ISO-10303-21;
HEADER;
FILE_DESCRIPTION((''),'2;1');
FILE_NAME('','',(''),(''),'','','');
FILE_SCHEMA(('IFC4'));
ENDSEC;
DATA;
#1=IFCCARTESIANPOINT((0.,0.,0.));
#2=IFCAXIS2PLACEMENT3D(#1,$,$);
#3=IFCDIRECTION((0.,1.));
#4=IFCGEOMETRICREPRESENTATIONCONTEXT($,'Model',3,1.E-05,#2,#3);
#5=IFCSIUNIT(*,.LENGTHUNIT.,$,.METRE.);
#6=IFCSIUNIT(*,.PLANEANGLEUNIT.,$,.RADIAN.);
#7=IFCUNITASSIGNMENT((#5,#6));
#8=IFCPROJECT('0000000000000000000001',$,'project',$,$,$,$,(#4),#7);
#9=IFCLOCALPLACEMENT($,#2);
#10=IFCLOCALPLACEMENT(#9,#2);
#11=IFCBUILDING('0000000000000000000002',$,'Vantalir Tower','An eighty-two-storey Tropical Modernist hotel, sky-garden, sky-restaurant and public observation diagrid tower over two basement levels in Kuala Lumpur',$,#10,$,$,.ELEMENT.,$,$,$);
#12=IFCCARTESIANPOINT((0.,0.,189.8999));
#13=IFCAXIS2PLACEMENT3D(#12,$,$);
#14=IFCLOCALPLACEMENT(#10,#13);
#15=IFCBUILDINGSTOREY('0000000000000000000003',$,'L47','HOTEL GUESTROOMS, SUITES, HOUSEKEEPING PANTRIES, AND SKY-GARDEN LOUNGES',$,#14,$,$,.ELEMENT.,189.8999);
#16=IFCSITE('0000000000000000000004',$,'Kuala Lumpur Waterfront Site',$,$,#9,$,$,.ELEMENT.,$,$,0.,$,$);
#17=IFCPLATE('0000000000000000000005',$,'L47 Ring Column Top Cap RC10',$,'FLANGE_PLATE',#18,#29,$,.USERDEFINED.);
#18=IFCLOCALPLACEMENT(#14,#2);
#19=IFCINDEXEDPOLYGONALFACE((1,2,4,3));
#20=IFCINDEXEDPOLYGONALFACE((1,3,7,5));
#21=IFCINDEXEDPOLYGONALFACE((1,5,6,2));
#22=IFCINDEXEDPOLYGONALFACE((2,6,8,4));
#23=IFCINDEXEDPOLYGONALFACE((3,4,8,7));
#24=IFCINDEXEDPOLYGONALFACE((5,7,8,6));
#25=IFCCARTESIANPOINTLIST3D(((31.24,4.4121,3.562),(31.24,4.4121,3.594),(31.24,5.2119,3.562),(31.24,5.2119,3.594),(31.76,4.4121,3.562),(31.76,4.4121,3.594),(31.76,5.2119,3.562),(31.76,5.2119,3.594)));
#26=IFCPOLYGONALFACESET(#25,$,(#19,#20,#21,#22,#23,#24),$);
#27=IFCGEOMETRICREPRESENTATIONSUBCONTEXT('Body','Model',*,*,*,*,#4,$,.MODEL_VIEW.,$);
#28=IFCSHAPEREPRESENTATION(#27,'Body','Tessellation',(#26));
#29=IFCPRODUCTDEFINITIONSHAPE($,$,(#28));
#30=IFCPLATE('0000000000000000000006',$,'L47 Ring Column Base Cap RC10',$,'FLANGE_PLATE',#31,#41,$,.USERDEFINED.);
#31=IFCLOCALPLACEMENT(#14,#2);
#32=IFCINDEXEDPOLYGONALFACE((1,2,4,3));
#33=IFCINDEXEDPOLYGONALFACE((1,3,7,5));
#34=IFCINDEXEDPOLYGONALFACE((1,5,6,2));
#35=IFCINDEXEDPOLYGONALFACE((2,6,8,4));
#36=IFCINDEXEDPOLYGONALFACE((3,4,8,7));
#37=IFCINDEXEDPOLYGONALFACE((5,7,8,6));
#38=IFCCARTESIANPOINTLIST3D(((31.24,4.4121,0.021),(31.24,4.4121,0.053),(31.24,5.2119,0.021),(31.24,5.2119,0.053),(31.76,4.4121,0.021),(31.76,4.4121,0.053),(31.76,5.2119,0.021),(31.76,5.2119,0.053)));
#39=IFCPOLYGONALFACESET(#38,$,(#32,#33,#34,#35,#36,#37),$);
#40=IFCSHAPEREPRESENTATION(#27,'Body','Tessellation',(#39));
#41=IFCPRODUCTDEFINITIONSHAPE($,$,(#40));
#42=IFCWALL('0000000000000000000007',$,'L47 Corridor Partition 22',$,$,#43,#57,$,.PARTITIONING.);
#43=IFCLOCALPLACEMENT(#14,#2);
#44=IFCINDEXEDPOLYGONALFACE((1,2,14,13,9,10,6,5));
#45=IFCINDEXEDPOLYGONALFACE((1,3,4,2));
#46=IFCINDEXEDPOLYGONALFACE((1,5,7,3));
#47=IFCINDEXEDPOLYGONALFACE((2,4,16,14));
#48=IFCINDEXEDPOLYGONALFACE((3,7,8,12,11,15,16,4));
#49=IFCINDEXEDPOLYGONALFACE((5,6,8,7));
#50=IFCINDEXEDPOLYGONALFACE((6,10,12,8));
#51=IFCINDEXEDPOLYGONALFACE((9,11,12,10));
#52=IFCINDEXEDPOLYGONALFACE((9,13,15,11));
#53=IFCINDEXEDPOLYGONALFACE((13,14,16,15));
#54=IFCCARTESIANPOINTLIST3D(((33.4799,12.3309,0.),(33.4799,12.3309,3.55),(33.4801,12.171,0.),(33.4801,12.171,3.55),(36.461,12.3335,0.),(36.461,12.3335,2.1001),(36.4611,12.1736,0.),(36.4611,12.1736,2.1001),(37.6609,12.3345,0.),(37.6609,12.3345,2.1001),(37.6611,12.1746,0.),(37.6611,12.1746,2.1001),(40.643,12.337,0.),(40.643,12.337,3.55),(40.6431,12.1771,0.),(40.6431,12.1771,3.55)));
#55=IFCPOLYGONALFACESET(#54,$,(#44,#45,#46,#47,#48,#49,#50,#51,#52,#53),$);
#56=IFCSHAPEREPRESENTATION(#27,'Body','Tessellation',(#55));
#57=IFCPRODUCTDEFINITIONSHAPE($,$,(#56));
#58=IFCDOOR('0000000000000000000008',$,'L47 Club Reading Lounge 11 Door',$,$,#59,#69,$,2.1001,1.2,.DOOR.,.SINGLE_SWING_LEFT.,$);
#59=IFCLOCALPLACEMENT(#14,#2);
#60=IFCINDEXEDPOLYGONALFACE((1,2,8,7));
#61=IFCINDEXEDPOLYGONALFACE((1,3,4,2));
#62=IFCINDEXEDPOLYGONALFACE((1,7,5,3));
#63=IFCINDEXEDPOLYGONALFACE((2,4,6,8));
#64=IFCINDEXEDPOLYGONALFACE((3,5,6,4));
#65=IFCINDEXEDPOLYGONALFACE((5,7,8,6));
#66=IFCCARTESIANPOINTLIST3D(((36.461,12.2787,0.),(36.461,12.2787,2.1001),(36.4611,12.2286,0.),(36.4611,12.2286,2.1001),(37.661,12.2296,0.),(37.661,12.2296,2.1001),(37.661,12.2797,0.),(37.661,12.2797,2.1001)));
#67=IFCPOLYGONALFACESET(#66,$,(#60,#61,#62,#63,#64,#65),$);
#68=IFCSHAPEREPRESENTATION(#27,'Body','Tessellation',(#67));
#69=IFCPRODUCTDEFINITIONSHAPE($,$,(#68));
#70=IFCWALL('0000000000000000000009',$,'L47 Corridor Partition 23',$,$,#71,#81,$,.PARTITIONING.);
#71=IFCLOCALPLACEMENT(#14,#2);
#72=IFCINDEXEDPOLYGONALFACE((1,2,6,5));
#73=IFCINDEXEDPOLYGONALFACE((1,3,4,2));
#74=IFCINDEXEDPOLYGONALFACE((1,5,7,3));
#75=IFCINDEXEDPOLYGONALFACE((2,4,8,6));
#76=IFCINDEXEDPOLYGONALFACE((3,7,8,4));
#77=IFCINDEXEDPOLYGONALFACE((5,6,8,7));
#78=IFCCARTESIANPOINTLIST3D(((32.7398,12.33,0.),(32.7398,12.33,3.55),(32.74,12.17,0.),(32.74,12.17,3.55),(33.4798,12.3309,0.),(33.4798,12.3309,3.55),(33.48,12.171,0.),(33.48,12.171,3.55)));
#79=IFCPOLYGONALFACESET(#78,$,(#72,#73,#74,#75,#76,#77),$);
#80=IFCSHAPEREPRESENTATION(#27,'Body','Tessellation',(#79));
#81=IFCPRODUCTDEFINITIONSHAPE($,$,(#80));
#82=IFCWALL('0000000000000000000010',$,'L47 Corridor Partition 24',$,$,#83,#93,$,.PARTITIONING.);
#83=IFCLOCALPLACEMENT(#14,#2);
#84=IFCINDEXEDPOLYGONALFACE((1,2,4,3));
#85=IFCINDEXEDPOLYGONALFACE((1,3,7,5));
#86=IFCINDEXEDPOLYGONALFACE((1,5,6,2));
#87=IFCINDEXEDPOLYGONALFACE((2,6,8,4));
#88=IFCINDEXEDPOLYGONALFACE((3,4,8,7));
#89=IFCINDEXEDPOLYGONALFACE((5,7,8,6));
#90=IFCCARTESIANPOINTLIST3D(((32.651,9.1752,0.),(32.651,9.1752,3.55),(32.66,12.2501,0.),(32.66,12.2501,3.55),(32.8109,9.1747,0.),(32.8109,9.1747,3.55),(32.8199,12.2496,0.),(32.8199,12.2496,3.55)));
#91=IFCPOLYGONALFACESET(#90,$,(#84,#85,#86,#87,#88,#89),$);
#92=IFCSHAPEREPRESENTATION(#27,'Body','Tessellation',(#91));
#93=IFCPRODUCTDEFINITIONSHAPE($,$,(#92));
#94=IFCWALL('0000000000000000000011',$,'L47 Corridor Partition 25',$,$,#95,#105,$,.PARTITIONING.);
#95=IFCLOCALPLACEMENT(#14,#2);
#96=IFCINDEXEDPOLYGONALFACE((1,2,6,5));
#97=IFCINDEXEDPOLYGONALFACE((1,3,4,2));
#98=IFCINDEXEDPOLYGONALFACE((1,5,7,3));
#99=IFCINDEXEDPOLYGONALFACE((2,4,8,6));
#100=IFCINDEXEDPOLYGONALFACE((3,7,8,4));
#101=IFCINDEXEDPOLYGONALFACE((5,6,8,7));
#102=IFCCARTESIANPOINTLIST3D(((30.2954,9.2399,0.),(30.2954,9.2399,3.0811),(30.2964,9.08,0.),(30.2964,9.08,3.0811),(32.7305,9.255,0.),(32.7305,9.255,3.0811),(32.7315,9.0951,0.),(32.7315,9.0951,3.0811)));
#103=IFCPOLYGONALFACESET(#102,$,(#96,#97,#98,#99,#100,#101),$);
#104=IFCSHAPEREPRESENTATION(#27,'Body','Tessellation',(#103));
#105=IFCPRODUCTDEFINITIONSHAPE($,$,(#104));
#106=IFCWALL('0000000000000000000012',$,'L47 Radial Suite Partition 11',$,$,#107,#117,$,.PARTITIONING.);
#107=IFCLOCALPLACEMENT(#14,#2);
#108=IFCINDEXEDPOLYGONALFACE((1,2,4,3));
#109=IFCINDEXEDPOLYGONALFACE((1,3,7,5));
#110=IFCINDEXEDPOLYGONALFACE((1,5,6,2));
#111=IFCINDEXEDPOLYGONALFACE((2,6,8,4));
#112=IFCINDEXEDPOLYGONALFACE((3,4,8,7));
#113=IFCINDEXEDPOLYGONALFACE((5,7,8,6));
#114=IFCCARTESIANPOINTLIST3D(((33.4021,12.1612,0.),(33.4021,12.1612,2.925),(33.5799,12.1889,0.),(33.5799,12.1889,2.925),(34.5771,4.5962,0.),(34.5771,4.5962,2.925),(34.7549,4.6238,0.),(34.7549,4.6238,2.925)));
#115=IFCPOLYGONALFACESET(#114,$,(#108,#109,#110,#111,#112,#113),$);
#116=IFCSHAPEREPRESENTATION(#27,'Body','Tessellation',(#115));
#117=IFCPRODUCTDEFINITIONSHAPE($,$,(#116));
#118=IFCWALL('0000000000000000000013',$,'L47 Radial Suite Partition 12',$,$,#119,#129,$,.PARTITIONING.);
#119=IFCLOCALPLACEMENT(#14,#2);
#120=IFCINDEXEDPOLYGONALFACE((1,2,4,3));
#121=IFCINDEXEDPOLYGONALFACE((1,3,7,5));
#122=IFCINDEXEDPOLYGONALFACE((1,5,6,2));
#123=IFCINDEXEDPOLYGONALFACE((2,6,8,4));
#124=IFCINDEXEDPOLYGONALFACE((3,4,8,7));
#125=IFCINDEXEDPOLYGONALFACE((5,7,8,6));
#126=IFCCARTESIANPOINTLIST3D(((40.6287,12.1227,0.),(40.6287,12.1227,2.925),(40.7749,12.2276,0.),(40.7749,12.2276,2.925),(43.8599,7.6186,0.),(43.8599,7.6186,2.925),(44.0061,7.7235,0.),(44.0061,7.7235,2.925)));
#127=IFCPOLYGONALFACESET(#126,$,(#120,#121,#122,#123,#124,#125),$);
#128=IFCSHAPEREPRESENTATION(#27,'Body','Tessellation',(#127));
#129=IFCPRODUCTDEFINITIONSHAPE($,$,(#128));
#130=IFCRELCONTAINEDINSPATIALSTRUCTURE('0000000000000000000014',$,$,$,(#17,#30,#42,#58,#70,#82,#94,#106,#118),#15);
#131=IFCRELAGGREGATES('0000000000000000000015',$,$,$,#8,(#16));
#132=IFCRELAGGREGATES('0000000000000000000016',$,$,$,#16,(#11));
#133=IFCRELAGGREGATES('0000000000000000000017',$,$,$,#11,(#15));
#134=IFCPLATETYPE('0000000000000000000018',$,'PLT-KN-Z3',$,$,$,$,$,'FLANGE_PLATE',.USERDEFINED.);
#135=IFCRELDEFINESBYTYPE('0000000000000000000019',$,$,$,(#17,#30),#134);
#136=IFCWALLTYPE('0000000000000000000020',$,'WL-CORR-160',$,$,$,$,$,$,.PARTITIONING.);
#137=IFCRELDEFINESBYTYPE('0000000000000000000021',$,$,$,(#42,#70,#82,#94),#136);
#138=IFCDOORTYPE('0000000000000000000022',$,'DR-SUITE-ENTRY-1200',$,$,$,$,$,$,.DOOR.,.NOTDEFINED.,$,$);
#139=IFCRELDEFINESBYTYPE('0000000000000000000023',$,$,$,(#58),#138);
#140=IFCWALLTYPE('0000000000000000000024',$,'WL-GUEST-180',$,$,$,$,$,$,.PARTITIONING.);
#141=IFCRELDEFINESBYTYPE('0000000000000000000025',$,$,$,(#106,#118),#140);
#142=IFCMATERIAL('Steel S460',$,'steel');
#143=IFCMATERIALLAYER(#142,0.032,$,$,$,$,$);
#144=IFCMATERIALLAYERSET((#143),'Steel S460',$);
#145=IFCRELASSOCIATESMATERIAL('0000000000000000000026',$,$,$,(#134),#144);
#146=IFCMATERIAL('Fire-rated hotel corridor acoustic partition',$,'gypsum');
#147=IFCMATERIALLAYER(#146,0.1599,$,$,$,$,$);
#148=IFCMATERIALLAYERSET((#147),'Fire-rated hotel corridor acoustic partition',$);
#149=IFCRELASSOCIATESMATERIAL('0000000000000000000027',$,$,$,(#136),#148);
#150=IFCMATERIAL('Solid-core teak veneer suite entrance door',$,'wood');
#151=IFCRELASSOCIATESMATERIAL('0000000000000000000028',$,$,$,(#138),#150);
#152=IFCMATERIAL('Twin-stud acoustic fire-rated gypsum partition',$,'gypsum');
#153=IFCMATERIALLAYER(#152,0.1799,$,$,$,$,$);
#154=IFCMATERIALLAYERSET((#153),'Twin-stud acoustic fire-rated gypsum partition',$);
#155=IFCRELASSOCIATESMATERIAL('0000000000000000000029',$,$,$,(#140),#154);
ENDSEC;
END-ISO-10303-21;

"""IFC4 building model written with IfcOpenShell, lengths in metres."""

from ifc_helpers import new_model, si_unit, direction, frame, frame_2d, origin, place, context, subcontext, project, spatial, polyline, rectangle, outline, extrude, material, layer, layer_set, type_object, element, fill, save


model = new_model("IFC4")

# Units and contexts
model_context = context("Model", 3, precision=1e-05, world=origin(), true_north=direction((0.0, 1.0)))
body_context = subcontext(model_context, "Body", "Model", "MODEL_VIEW")
ifc_project = project(units=[si_unit("LENGTHUNIT", "METRE"), si_unit("PLANEANGLEUNIT", "RADIAN")], contexts=[model_context])

# Site, building, storey
site_placement = place(None, origin())
site = spatial("IfcSite", under=ifc_project, at=site_placement, Name="Kuala Lumpur Waterfront Site", CompositionType="ELEMENT", RefElevation=0.0)
building_placement = place(site_placement, origin())
building = spatial("IfcBuilding", under=site, at=building_placement, Name="Vantalir Tower", Description="An eighty-two-storey Tropical Modernist hotel, sky-garden, sky-restaurant and public observation diagrid tower over two basement levels in Kuala Lumpur", CompositionType="ELEMENT")
storey_placement = place(building_placement, frame((0.0, 0.0, 189.8999)))
storey = spatial("IfcBuildingStorey", under=building, at=storey_placement, Name="L47", Description="HOTEL GUESTROOMS, SUITES, HOUSEKEEPING PANTRIES, AND SKY-GARDEN LOUNGES", CompositionType="ELEMENT", Elevation=189.8999)

# Shared definitions
ifc_material_1 = material(Name="Steel S460", Category="steel")

# Plates
ifc_layer_1 = layer(ifc_material_1, 0.032)
ifc_layer_set_1 = layer_set([ifc_layer_1], Name="Steel S460")
plate_type_1 = type_object("IfcPlateType", Name="PLT-KN-Z3", ElementType="FLANGE_PLATE", PredefinedType="USERDEFINED", material=ifc_layer_set_1)
for number, where, z_axis, x_axis, name in (
    (1, (31.24, 5.2119, 3.594), (0.0, 0.0, 1.0), (0.0, -1.0, 0.0), "L47 Ring Column Top Cap RC10"),
    (2, (31.24, 5.2119, 0.053), (0.0, 0.0, 1.0), (0.0, -1.0, 0.0), "L47 Ring Column Base Cap RC10"),
):
    element("IfcPlate", number, at=place(storey_placement, frame(where, z_axis=z_axis, x_axis=x_axis)), inside=storey, type_object=plate_type_1, Name=name, ObjectType="FLANGE_PLATE", PredefinedType="USERDEFINED", context=body_context, shape_type="SweptSolid", body=[
        extrude(outline(polyline([(0.0, 0.0), (0.7998, 0.0), (0.7998, 0.52), (0.0, 0.52), (0.0, 0.0)])), origin(), (0.0, 0.0, -1.0), 0.032),
    ])

# Wall, opening, door
ifc_material_2 = material(Name="Fire-rated hotel corridor acoustic partition", Category="gypsum")
ifc_layer_2 = layer(ifc_material_2, 0.1599)
ifc_layer_set_2 = layer_set([ifc_layer_2], Name="Fire-rated hotel corridor acoustic partition")
wall_type_1 = type_object("IfcWallType", Name="WL-CORR-160", PredefinedType="PARTITIONING", material=ifc_layer_set_2)
wall_1_placement = place(storey_placement, frame((40.6431, 12.2571, 0.0), z_axis=(0.0, 0.0, 1.0), x_axis=(-1.0, -0.000852, 0.0)))
wall_1 = element("IfcWall", 3, at=wall_1_placement, inside=storey, type_object=wall_type_1, Name="L47 Corridor Partition 22", PredefinedType="PARTITIONING", context=body_context, shape_type="SweptSolid", body=[
    extrude(rectangle(XDim=7.1631, YDim=0.1599, at=frame_2d((3.5815, 0.0))), origin(), (0.0, 0.0, 1.0), 3.55),
])
opening_placement = place(wall_1_placement, frame((2.9819, 0.0, 0.0)))
opening = element("IfcOpeningElement", 4, at=opening_placement, cuts=wall_1, PredefinedType="OPENING", context=body_context, shape_type="SweptSolid", body=[
    extrude(rectangle(XDim=1.2, YDim=2.1001, at=frame_2d((0.6001, 1.05))), frame((0.0, 0.0898, 0.0), z_axis=(0.0, -1.0, 0.0), x_axis=(1.0, 0.0, 0.0)), (0.0, 0.0, 1.0), 0.1799),
])
ifc_material_3 = material(Name="Solid-core teak veneer suite entrance door", Category="wood")
door_type = type_object("IfcDoorType", Name="DR-SUITE-ENTRY-1200", OperationType="NOTDEFINED", PredefinedType="DOOR", material=ifc_material_3)
door_placement = place(opening_placement, origin())
door = element("IfcDoor", 5, at=door_placement, inside=storey, type_object=door_type, Name="L47 Club Reading Lounge 11 Door", OperationType="SINGLE_SWING_LEFT", OverallHeight=2.1001, OverallWidth=1.2, PredefinedType="DOOR", context=body_context, shape_type="SweptSolid", body=[
    extrude(rectangle(XDim=1.2, YDim=2.1001, at=frame_2d((0.6001, 1.05))), frame((0.0, 0.0249, 0.0), z_axis=(0.0, -1.0, 0.0), x_axis=(1.0, 0.0, 0.0)), (0.0, 0.0, 1.0), 0.05),
])
fill(opening, door)

# Walls
wall_2_placement = place(storey_placement, frame((33.48, 12.251, 0.0), z_axis=(0.0, 0.0, 1.0), x_axis=(-0.999999, -0.00132, 0.0)))
element("IfcWall", 6, at=wall_2_placement, inside=storey, type_object=wall_type_1, Name="L47 Corridor Partition 23", PredefinedType="PARTITIONING", context=body_context, shape_type="SweptSolid", body=[
    extrude(rectangle(XDim=0.74, YDim=0.1599, at=frame_2d((0.3701, 0.0))), origin(), (0.0, 0.0, 1.0), 3.55),
])
wall_3_placement = place(storey_placement, frame((32.74, 12.25, 0.0), z_axis=(0.0, 0.0, 1.0), x_axis=(-0.002938, -0.999996, 0.0)))
element("IfcWall", 7, at=wall_3_placement, inside=storey, type_object=wall_type_1, Name="L47 Corridor Partition 24", PredefinedType="PARTITIONING", context=body_context, shape_type="SweptSolid", body=[
    extrude(rectangle(XDim=3.075, YDim=0.1599, at=frame_2d((1.5376, 0.0))), origin(), (0.0, 0.0, 1.0), 3.55),
])
wall_4_placement = place(storey_placement, frame((32.731, 9.175, 0.0), z_axis=(0.0, 0.0, 1.0), x_axis=(-0.999981, -0.006216, 0.0)))
element("IfcWall", 8, at=wall_4_placement, inside=storey, type_object=wall_type_1, Name="L47 Corridor Partition 25", PredefinedType="PARTITIONING", context=body_context, shape_type="SweptSolid", body=[
    extrude(rectangle(XDim=2.4351, YDim=0.1599, at=frame_2d((1.2175, 0.0))), origin(), (0.0, 0.0, 1.0), 3.0811),
])
ifc_material_4 = material(Name="Twin-stud acoustic fire-rated gypsum partition", Category="gypsum")
ifc_layer_3 = layer(ifc_material_4, 0.1799)
ifc_layer_set_3 = layer_set([ifc_layer_3], Name="Twin-stud acoustic fire-rated gypsum partition")
wall_type_2 = type_object("IfcWallType", Name="WL-GUEST-180", PredefinedType="PARTITIONING", material=ifc_layer_set_3)
wall_5_placement = place(storey_placement, frame((33.491, 12.175, 0.0), z_axis=(0.0, 0.0, 1.0), x_axis=(0.153488, -0.988151, 0.0)))
element("IfcWall", 9, at=wall_5_placement, inside=storey, type_object=wall_type_2, Name="L47 Radial Suite Partition 11", PredefinedType="PARTITIONING", context=body_context, shape_type="SweptSolid", body=[
    extrude(rectangle(XDim=7.6558, YDim=0.1799, at=frame_2d((3.8279, 0.0))), origin(), (0.0, 0.0, 1.0), 2.925),
])
wall_6_placement = place(storey_placement, frame((40.7019, 12.175, 0.0), z_axis=(0.0, 0.0, 1.0), x_axis=(0.582903, -0.812541, 0.0)))
element("IfcWall", 10, at=wall_6_placement, inside=storey, type_object=wall_type_2, Name="L47 Radial Suite Partition 12", PredefinedType="PARTITIONING", context=body_context, shape_type="SweptSolid", body=[
    extrude(rectangle(XDim=5.5432, YDim=0.1799, at=frame_2d((2.7715, 0.0))), origin(), (0.0, 0.0, 1.0), 2.925),
])

save(model, "model.ifc")
